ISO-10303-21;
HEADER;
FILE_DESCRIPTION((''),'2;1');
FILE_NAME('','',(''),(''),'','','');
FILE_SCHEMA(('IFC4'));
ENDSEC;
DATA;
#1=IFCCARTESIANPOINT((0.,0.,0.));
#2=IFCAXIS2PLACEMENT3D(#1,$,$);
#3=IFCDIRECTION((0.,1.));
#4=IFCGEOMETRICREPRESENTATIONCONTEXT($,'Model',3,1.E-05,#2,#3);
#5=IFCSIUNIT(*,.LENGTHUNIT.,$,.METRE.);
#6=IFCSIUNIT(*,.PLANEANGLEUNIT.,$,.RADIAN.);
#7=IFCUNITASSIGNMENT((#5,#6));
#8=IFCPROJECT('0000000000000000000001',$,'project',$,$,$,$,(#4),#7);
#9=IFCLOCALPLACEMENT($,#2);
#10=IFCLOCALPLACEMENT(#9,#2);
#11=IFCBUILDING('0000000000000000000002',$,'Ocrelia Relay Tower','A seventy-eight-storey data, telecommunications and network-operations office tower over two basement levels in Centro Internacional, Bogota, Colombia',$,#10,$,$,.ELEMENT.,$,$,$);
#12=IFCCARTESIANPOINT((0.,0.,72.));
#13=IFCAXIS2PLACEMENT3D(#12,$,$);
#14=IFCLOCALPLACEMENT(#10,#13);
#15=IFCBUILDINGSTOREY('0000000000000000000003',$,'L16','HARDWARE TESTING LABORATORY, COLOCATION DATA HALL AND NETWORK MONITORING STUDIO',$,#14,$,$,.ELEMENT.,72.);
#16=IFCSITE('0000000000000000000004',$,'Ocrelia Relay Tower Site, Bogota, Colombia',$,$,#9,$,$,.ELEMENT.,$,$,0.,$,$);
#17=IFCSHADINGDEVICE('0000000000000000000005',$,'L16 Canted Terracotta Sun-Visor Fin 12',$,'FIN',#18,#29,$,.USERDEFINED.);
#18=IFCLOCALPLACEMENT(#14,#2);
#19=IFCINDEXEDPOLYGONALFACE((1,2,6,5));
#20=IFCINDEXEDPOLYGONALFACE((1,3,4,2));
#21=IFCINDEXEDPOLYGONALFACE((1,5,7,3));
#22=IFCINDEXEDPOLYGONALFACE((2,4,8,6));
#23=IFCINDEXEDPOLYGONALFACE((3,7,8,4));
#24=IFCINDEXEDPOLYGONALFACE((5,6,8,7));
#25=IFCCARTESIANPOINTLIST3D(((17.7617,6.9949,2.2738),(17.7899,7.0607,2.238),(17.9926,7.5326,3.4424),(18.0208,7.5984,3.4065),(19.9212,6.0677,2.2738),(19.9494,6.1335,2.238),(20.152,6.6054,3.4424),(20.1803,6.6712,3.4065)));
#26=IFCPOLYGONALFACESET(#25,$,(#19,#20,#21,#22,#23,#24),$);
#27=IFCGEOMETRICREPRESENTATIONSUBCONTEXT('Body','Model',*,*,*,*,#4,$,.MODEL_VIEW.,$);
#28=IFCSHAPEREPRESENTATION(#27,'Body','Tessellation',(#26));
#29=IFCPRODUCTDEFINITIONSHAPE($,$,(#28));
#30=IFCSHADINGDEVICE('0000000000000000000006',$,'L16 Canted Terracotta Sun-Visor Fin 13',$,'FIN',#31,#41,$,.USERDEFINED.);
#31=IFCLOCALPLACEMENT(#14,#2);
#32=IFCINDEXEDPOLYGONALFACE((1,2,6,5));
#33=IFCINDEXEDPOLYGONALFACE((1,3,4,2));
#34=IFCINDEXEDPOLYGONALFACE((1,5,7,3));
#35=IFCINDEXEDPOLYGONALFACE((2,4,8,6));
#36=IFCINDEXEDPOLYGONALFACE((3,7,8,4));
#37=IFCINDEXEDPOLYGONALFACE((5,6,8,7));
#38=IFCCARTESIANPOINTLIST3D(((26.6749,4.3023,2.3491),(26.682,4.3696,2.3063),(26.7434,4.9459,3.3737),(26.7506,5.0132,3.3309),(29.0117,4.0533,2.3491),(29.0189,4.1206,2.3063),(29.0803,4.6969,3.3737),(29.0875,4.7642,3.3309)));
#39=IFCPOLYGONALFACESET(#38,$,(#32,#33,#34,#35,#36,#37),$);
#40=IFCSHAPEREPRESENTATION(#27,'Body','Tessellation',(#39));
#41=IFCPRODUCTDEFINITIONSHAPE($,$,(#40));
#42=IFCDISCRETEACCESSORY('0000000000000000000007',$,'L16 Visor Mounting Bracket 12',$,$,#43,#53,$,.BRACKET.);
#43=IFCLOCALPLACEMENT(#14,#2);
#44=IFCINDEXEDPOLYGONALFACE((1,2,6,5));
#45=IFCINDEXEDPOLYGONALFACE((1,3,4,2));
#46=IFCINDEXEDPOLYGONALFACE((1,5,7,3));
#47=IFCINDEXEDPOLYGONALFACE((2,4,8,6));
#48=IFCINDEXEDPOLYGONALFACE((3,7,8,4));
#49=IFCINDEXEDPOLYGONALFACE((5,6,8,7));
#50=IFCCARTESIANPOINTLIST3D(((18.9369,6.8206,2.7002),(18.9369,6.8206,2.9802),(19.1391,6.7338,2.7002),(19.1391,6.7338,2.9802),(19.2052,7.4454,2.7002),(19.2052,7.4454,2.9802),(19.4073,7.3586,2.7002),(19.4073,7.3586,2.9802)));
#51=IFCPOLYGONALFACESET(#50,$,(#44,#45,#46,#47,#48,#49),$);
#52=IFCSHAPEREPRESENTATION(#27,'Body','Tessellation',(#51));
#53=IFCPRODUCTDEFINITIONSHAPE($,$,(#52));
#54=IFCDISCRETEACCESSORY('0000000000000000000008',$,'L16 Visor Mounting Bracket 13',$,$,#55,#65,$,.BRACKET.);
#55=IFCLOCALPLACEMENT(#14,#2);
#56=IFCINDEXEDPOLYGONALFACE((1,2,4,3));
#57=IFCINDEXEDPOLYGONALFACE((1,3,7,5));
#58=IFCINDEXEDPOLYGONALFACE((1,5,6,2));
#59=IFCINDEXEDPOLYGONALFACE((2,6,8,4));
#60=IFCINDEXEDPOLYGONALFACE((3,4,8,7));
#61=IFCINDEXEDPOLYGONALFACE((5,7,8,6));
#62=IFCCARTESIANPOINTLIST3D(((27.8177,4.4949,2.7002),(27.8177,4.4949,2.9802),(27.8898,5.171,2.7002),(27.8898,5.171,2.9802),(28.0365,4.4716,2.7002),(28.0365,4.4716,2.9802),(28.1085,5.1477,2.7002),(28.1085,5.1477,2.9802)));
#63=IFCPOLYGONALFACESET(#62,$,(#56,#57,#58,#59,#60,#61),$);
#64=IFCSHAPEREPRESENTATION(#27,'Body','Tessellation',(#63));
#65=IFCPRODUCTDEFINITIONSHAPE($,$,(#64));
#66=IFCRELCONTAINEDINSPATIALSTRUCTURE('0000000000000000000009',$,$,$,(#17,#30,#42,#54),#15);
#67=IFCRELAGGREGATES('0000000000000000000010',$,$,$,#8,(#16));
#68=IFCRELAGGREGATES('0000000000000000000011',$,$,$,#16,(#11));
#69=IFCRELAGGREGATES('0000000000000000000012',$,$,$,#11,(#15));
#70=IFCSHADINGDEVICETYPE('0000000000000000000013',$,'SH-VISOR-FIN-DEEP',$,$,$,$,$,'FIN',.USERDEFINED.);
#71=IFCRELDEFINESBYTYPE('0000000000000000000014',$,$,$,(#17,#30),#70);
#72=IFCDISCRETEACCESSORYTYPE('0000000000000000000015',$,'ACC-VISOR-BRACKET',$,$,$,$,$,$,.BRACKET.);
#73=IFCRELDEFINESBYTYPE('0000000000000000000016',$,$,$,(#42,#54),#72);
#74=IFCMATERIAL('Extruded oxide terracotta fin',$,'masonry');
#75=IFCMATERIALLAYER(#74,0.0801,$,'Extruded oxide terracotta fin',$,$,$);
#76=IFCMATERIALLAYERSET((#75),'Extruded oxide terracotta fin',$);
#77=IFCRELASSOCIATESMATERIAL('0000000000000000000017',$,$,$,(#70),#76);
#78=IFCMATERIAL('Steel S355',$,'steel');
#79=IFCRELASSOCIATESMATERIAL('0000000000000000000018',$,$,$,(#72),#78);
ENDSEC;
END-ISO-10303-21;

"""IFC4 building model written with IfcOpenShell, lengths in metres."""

from ifc_helpers import new_model, si_unit, direction, frame, origin, origin_2d, place, context, subcontext, project, spatial, rectangle, extrude, material, layer, layer_set, type_object, element, save


model = new_model("IFC4")

# Units and contexts
model_context = context("Model", 3, precision=1e-05, world=origin(), true_north=direction((0.0, 1.0)))
body_context = subcontext(model_context, "Body", "Model", "MODEL_VIEW")
ifc_project = project(units=[si_unit("LENGTHUNIT", "METRE"), si_unit("PLANEANGLEUNIT", "RADIAN")], contexts=[model_context])

# Site, building, storey
site_placement = place(None, origin())
site = spatial("IfcSite", under=ifc_project, at=site_placement, Name="Ocrelia Relay Tower Site, Bogota, Colombia", CompositionType="ELEMENT", RefElevation=0.0)
building_placement = place(site_placement, origin())
building = spatial("IfcBuilding", under=site, at=building_placement, Name="Ocrelia Relay Tower", Description="A seventy-eight-storey data, telecommunications and network-operations office tower over two basement levels in Centro Internacional, Bogota, Colombia", CompositionType="ELEMENT")
storey_placement = place(building_placement, frame((0.0, 0.0, 72.0)))
storey = spatial("IfcBuildingStorey", under=building, at=storey_placement, Name="L16", Description="HARDWARE TESTING LABORATORY, COLOCATION DATA HALL AND NETWORK MONITORING STUDIO", CompositionType="ELEMENT", Elevation=72.0)

# Shared definitions
ifc_material_1 = material(Name="Steel S355", Category="steel")

# Shading devices
ifc_material_2 = material(Name="Extruded oxide terracotta fin", Category="masonry")
ifc_layer_1 = layer(ifc_material_2, 0.0801, Name="Extruded oxide terracotta fin")
ifc_layer_set_1 = layer_set([ifc_layer_1], Name="Extruded oxide terracotta fin")
shading_device_type_1 = type_object("IfcShadingDeviceType", Name="SH-VISOR-FIN-DEEP", ElementType="FIN", PredefinedType="USERDEFINED", material=ifc_layer_set_1)
shading_device_1_placement = place(storey_placement, frame((18.9851, 6.866, 2.8223), z_axis=(-0.352774, -0.821622, 0.447759), x_axis=(0.918881, -0.394534, 0.0)))
element("IfcShadingDevice", 1, at=shading_device_1_placement, inside=storey, type_object=shading_device_type_1, Name="L16 Canted Terracotta Sun-Visor Fin 12", ObjectType="FIN", PredefinedType="USERDEFINED", context=body_context, shape_type="SweptSolid", body=[
    extrude(rectangle(XDim=2.3501, YDim=1.3069, at=origin_2d()), origin(), (0.0, 0.0, 1.0), 0.0801),
])
shading_device_2_placement = place(storey_placement, frame((27.8848, 4.5669, 2.8186), z_axis=(-0.089583, -0.840689, 0.534057), x_axis=(0.99437, -0.105959, 0.0)))
element("IfcShadingDevice", 2, at=shading_device_2_placement, inside=storey, type_object=shading_device_type_1, Name="L16 Canted Terracotta Sun-Visor Fin 13", ObjectType="FIN", PredefinedType="USERDEFINED", context=body_context, shape_type="SweptSolid", body=[
    extrude(rectangle(XDim=2.3501, YDim=1.2119, at=origin_2d()), origin(), (0.0, 0.0, 1.0), 0.0801),
])

# Discrete accessories
discrete_accessory_type = type_object("IfcDiscreteAccessoryType", Name="ACC-VISOR-BRACKET", PredefinedType="BRACKET", material=ifc_material_1)
for number, where, z_axis, x_axis, name in (
    (3, (19.1721, 7.0896, 2.7002), (0.0, 0.0, 1.0), (0.918881, -0.394534, 0.0), "L16 Visor Mounting Bracket 12"),
    (4, (27.9631, 4.8213, 2.7002), (0.0, 0.0, 1.0), (0.99437, -0.105959, 0.0), "L16 Visor Mounting Bracket 13"),
):
    element("IfcDiscreteAccessory", number, at=place(storey_placement, frame(where, z_axis=z_axis, x_axis=x_axis)), inside=storey, type_object=discrete_accessory_type, Name=name, PredefinedType="BRACKET", context=body_context, shape_type="SweptSolid", body=[
        extrude(rectangle(XDim=0.22, YDim=0.6799, at=origin_2d()), origin(), (0.0, 0.0, 1.0), 0.28),
    ])

save(model, "model.ifc")
